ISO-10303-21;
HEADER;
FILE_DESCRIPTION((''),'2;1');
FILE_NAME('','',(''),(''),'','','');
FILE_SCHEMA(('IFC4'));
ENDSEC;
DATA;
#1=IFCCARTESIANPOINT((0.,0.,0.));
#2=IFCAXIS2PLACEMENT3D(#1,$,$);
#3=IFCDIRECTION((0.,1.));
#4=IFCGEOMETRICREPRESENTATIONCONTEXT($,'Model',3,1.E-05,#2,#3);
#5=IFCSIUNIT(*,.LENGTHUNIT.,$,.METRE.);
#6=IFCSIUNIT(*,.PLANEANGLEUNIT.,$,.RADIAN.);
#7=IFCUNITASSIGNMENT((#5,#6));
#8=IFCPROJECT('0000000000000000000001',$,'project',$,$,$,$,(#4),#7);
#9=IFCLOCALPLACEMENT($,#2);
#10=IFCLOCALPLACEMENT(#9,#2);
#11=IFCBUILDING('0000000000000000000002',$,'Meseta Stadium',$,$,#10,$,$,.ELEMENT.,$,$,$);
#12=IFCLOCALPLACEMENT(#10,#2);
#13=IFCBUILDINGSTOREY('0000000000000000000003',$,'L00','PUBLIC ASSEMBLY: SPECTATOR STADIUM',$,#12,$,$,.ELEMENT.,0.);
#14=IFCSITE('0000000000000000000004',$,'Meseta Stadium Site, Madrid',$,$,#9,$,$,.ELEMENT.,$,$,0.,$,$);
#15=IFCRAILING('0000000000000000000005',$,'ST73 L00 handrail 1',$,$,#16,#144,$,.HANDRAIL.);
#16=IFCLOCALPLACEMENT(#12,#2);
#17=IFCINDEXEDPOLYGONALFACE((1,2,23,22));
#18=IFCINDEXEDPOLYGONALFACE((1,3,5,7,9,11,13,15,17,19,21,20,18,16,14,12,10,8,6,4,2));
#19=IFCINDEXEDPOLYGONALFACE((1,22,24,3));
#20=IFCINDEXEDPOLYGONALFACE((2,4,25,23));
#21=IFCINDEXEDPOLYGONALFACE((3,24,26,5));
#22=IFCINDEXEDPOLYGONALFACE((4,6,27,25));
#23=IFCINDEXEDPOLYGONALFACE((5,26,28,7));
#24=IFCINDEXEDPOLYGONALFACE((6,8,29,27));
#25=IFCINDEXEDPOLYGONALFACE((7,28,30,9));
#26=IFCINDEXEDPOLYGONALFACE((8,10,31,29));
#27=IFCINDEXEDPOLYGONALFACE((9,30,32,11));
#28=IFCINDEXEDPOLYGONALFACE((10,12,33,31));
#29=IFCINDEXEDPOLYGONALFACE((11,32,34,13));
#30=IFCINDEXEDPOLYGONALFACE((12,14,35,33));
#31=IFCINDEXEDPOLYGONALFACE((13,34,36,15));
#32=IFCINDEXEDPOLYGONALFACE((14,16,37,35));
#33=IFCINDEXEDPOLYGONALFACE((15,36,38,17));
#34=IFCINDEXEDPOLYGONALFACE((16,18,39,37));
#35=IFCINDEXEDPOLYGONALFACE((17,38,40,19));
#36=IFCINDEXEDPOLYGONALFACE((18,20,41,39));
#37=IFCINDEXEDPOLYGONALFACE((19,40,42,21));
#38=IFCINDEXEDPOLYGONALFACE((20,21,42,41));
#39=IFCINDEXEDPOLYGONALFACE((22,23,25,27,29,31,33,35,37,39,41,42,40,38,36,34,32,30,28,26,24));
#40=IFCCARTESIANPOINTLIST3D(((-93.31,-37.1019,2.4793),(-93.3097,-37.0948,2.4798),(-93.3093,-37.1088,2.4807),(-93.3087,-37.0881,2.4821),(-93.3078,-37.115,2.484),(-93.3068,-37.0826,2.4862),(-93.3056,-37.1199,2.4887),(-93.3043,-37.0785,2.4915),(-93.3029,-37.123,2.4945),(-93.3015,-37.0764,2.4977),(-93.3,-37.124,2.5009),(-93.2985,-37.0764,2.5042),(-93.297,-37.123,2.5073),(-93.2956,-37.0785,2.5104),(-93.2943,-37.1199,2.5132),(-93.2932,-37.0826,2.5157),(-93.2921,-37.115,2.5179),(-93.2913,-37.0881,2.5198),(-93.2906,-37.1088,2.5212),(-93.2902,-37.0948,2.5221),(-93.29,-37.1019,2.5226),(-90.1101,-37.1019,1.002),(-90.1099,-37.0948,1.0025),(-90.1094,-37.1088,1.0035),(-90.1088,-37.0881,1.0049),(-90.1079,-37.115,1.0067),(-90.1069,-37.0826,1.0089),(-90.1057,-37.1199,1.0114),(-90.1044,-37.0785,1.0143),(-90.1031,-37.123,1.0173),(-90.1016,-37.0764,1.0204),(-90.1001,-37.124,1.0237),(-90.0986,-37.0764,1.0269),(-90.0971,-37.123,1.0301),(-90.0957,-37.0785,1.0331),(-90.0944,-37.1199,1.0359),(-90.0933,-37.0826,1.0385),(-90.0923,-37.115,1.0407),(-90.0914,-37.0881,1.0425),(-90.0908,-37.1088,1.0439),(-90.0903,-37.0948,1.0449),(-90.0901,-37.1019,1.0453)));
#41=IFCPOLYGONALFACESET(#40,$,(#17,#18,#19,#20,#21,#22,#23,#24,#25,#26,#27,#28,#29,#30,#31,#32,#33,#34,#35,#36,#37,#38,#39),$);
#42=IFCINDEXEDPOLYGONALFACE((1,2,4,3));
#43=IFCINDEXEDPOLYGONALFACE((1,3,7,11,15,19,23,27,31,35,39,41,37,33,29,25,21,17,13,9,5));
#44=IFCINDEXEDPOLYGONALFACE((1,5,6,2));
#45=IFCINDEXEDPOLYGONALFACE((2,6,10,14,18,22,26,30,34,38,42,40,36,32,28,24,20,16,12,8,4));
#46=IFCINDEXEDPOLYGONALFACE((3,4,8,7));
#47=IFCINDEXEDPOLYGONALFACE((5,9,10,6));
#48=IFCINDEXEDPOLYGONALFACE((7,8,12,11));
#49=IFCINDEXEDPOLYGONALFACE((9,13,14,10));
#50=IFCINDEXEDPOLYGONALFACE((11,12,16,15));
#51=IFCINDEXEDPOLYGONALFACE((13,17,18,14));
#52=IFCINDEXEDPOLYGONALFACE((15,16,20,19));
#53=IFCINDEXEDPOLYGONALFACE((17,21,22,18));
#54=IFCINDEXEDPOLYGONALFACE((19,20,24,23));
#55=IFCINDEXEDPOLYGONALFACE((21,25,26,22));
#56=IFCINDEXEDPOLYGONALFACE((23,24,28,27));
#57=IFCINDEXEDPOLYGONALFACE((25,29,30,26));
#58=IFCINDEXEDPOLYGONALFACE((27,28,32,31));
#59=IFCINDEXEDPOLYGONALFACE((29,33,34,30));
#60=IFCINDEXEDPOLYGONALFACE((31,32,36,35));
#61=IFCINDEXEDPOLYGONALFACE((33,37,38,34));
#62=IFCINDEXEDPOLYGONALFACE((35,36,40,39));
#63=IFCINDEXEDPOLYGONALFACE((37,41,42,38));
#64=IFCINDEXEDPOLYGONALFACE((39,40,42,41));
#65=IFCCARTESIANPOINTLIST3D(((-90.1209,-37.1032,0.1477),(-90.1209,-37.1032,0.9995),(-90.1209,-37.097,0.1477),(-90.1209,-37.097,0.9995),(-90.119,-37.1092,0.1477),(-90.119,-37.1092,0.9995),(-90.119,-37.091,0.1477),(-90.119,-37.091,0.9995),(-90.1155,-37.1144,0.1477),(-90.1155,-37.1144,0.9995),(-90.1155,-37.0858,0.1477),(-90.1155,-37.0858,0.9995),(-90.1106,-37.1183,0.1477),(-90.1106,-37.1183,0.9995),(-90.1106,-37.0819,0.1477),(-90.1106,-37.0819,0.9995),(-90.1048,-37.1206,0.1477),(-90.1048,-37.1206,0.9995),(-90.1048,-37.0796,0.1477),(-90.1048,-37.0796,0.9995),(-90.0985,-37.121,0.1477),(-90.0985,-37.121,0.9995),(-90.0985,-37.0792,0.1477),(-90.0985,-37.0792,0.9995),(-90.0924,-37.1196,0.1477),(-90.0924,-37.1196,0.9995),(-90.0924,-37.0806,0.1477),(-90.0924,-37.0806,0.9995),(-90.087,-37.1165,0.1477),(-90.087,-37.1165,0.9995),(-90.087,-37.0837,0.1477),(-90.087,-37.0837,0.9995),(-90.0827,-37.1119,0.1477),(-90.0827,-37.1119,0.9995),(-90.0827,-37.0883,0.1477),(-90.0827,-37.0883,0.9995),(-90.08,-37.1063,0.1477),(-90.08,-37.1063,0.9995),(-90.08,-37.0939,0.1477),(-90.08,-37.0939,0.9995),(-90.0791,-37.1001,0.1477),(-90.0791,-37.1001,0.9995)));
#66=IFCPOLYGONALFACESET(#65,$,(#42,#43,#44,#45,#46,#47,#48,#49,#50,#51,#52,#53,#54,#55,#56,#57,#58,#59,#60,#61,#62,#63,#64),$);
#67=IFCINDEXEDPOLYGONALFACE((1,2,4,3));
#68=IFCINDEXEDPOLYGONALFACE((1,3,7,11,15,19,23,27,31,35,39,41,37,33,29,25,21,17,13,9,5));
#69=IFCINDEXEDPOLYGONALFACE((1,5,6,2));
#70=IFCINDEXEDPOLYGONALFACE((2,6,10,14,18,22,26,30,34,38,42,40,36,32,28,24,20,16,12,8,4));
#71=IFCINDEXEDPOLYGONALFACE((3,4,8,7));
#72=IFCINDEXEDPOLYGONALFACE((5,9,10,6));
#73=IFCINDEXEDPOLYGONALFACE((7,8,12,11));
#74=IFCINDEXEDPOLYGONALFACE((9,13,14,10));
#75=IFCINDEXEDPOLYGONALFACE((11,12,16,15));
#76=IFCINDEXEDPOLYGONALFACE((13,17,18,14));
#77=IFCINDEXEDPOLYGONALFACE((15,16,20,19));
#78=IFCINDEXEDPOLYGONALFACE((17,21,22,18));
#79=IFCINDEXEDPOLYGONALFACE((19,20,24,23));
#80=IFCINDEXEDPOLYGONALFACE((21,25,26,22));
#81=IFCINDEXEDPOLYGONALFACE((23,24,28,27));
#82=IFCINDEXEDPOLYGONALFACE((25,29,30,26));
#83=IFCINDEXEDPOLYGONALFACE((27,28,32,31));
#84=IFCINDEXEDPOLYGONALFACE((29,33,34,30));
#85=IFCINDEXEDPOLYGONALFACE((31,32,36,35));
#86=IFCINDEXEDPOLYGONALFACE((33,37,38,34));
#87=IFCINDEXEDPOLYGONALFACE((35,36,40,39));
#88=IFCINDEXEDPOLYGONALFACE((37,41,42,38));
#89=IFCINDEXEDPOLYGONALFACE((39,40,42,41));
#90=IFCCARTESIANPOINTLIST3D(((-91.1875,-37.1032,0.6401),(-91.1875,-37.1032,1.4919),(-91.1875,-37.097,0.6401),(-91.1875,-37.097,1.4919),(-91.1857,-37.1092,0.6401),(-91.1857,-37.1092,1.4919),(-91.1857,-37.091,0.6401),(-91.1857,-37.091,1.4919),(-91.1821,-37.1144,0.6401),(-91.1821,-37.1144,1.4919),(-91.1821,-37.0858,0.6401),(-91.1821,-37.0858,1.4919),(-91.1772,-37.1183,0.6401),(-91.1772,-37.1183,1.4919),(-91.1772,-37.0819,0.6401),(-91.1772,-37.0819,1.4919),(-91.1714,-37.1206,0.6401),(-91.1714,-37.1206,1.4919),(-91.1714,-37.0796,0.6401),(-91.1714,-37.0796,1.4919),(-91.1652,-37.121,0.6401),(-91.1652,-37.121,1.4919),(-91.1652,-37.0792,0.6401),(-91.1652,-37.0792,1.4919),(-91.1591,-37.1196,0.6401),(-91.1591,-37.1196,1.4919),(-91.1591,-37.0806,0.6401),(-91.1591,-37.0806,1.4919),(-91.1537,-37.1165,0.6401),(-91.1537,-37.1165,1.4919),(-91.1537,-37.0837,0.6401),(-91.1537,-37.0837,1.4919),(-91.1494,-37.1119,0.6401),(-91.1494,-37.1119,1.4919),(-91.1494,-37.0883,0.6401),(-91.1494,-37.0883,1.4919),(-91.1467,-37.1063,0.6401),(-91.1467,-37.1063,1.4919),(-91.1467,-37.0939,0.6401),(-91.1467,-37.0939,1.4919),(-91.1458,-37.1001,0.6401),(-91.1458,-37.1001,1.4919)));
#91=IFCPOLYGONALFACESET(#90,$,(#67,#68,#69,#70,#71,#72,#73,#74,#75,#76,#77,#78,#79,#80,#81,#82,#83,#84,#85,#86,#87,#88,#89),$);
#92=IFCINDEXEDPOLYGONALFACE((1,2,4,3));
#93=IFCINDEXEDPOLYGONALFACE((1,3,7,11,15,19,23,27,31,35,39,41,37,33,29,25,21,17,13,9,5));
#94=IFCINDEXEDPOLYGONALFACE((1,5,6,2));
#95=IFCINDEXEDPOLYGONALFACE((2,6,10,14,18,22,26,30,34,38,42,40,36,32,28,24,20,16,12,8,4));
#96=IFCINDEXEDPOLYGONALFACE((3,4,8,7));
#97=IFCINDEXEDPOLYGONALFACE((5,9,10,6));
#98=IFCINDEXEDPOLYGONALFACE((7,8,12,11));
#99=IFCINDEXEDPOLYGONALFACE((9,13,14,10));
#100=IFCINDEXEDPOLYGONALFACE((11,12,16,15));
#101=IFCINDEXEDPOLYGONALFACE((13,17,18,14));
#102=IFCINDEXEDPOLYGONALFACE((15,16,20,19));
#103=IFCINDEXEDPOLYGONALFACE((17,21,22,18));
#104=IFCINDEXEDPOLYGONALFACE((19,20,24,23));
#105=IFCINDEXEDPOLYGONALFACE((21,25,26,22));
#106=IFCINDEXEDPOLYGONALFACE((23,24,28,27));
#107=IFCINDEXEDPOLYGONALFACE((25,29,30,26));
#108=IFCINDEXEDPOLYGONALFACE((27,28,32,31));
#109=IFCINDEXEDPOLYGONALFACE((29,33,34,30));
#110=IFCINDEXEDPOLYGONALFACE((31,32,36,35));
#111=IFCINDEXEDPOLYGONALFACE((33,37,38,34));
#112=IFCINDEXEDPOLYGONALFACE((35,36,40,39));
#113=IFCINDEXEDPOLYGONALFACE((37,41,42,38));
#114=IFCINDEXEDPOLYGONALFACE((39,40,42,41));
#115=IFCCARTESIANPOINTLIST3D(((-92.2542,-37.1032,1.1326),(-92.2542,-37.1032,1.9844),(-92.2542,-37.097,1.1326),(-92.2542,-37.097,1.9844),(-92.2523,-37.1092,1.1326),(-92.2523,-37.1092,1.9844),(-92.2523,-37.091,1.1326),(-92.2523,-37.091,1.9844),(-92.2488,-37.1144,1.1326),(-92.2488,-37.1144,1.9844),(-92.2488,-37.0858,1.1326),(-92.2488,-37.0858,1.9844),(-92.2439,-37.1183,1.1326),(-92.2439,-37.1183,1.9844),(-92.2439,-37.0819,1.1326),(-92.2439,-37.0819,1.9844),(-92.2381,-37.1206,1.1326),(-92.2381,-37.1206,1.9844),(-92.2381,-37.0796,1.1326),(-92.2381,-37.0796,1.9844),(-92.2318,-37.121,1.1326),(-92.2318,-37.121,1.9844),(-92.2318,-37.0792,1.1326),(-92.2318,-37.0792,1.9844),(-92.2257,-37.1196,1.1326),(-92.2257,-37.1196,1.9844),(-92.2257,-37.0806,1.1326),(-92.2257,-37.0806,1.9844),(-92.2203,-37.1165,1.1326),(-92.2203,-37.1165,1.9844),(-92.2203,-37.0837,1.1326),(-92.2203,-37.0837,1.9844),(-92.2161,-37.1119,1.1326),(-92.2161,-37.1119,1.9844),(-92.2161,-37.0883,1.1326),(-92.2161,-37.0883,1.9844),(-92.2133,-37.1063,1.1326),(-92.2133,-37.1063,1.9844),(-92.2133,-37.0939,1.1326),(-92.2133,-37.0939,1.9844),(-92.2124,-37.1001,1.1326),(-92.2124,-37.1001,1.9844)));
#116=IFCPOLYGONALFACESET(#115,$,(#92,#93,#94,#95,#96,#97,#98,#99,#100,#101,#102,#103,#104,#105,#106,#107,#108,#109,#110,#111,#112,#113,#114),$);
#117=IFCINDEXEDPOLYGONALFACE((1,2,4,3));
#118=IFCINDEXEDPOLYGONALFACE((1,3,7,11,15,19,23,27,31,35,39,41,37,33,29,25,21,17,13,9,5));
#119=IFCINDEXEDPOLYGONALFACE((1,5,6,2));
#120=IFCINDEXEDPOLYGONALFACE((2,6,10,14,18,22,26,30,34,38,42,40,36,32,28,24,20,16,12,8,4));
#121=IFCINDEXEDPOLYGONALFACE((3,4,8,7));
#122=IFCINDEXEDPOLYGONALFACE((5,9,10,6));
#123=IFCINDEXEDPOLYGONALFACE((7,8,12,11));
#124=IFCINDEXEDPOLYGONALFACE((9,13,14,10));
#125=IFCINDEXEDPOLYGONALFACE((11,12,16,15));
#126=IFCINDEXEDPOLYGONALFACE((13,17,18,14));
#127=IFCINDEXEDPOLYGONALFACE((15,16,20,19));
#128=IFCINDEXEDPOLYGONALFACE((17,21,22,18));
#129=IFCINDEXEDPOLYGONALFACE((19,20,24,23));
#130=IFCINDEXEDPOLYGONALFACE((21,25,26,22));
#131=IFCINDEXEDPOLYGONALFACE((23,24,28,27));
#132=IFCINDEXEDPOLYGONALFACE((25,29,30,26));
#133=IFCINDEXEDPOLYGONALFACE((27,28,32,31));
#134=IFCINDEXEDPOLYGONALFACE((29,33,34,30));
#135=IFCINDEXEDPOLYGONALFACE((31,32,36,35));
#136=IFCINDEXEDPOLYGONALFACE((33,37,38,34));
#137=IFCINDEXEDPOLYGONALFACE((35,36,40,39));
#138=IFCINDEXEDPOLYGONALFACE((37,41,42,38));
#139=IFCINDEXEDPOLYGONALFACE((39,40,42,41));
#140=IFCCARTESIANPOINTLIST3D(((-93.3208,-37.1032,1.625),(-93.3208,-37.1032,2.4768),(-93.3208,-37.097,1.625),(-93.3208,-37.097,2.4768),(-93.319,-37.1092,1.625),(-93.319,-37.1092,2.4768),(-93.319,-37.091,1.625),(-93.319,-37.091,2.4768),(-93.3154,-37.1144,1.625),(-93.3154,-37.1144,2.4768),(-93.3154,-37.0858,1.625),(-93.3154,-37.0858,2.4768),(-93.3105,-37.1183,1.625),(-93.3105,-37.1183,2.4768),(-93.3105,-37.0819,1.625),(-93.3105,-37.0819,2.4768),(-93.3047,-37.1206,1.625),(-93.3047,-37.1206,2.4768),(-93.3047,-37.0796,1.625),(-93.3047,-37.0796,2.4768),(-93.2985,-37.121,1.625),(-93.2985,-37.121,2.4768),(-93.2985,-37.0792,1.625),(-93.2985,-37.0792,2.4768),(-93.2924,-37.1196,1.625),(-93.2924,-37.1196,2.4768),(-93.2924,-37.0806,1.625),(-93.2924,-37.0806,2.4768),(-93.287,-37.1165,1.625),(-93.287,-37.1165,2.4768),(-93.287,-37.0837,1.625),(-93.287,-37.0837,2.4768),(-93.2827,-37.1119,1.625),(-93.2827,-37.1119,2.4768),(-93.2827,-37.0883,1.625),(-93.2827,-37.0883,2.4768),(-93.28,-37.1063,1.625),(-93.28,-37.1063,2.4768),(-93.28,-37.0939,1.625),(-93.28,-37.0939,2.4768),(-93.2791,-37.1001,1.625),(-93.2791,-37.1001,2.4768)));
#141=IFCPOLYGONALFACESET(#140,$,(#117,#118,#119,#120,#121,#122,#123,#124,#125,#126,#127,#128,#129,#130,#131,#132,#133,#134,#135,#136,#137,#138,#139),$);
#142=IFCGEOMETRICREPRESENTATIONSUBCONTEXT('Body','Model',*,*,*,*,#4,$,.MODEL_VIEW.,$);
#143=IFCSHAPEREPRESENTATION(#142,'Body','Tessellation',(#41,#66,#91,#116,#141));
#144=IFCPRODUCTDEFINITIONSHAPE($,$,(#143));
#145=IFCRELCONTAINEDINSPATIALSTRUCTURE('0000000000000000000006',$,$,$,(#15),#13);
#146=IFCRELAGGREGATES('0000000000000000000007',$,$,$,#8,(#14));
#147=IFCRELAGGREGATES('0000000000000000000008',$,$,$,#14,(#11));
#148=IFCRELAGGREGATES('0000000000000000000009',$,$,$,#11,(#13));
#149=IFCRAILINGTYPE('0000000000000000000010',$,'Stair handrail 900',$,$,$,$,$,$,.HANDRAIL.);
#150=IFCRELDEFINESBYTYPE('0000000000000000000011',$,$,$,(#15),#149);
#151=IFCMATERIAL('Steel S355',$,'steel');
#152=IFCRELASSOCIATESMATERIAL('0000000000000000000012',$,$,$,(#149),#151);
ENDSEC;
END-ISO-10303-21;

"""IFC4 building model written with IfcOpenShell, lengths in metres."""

from ifc_helpers import new_model, si_unit, direction, frame, origin, origin_2d, place, context, subcontext, project, spatial, circle, extrude, material, type_object, element, save


model = new_model("IFC4")

# Units and contexts
model_context = context("Model", 3, precision=1e-05, world=origin(), true_north=direction((0.0, 1.0)))
body_context = subcontext(model_context, "Body", "Model", "MODEL_VIEW")
ifc_project = project(units=[si_unit("LENGTHUNIT", "METRE"), si_unit("PLANEANGLEUNIT", "RADIAN")], contexts=[model_context])

# Site, building, storey
site_placement = place(None, origin())
site = spatial("IfcSite", under=ifc_project, at=site_placement, Name="Meseta Stadium Site, Madrid", CompositionType="ELEMENT", RefElevation=0.0)
building_placement = place(site_placement, origin())
building = spatial("IfcBuilding", under=site, at=building_placement, Name="Meseta Stadium", CompositionType="ELEMENT")
storey_placement = place(building_placement, origin())
storey = spatial("IfcBuildingStorey", under=building, at=storey_placement, Name="L00", Description="PUBLIC ASSEMBLY: SPECTATOR STADIUM", CompositionType="ELEMENT", Elevation=0.0)

# Railing
ifc_material_1 = material(Name="Steel S355", Category="steel")
railing_type_1 = type_object("IfcRailingType", Name="Stair handrail 900", PredefinedType="HANDRAIL", material=ifc_material_1)
for number, where, name in (
    (1, (-90.1001, -37.1001, 0.1477), "ST73 L00 handrail 1"),
):
    element("IfcRailing", number, at=place(storey_placement, frame(where)), inside=storey, type_object=railing_type_1, Name=name, PredefinedType="HANDRAIL", context=body_context, shape_type="SweptSolid", body=[
        extrude(circle(Radius=0.0239, at=origin_2d()), frame((0.0, 0.0, 0.876), z_axis=(-0.907917, 0.0, 0.41915), x_axis=(0.0, -1.0, 0.0)), (0.0, 0.0, 1.0), 3.5244),
        extrude(circle(Radius=0.021, at=origin_2d()), origin(), (0.0, 0.0, 1.0), 0.8518),
        extrude(circle(Radius=0.021, at=origin_2d()), frame((-1.0667, 0.0, 0.4924)), (0.0, 0.0, 1.0), 0.8518),
        extrude(circle(Radius=0.021, at=origin_2d()), frame((-2.1333, 0.0, 0.9849)), (0.0, 0.0, 1.0), 0.8518),
        extrude(circle(Radius=0.021, at=origin_2d()), frame((-3.2, 0.0, 1.4773)), (0.0, 0.0, 1.0), 0.8518),
    ])

save(model, "model.ifc")
